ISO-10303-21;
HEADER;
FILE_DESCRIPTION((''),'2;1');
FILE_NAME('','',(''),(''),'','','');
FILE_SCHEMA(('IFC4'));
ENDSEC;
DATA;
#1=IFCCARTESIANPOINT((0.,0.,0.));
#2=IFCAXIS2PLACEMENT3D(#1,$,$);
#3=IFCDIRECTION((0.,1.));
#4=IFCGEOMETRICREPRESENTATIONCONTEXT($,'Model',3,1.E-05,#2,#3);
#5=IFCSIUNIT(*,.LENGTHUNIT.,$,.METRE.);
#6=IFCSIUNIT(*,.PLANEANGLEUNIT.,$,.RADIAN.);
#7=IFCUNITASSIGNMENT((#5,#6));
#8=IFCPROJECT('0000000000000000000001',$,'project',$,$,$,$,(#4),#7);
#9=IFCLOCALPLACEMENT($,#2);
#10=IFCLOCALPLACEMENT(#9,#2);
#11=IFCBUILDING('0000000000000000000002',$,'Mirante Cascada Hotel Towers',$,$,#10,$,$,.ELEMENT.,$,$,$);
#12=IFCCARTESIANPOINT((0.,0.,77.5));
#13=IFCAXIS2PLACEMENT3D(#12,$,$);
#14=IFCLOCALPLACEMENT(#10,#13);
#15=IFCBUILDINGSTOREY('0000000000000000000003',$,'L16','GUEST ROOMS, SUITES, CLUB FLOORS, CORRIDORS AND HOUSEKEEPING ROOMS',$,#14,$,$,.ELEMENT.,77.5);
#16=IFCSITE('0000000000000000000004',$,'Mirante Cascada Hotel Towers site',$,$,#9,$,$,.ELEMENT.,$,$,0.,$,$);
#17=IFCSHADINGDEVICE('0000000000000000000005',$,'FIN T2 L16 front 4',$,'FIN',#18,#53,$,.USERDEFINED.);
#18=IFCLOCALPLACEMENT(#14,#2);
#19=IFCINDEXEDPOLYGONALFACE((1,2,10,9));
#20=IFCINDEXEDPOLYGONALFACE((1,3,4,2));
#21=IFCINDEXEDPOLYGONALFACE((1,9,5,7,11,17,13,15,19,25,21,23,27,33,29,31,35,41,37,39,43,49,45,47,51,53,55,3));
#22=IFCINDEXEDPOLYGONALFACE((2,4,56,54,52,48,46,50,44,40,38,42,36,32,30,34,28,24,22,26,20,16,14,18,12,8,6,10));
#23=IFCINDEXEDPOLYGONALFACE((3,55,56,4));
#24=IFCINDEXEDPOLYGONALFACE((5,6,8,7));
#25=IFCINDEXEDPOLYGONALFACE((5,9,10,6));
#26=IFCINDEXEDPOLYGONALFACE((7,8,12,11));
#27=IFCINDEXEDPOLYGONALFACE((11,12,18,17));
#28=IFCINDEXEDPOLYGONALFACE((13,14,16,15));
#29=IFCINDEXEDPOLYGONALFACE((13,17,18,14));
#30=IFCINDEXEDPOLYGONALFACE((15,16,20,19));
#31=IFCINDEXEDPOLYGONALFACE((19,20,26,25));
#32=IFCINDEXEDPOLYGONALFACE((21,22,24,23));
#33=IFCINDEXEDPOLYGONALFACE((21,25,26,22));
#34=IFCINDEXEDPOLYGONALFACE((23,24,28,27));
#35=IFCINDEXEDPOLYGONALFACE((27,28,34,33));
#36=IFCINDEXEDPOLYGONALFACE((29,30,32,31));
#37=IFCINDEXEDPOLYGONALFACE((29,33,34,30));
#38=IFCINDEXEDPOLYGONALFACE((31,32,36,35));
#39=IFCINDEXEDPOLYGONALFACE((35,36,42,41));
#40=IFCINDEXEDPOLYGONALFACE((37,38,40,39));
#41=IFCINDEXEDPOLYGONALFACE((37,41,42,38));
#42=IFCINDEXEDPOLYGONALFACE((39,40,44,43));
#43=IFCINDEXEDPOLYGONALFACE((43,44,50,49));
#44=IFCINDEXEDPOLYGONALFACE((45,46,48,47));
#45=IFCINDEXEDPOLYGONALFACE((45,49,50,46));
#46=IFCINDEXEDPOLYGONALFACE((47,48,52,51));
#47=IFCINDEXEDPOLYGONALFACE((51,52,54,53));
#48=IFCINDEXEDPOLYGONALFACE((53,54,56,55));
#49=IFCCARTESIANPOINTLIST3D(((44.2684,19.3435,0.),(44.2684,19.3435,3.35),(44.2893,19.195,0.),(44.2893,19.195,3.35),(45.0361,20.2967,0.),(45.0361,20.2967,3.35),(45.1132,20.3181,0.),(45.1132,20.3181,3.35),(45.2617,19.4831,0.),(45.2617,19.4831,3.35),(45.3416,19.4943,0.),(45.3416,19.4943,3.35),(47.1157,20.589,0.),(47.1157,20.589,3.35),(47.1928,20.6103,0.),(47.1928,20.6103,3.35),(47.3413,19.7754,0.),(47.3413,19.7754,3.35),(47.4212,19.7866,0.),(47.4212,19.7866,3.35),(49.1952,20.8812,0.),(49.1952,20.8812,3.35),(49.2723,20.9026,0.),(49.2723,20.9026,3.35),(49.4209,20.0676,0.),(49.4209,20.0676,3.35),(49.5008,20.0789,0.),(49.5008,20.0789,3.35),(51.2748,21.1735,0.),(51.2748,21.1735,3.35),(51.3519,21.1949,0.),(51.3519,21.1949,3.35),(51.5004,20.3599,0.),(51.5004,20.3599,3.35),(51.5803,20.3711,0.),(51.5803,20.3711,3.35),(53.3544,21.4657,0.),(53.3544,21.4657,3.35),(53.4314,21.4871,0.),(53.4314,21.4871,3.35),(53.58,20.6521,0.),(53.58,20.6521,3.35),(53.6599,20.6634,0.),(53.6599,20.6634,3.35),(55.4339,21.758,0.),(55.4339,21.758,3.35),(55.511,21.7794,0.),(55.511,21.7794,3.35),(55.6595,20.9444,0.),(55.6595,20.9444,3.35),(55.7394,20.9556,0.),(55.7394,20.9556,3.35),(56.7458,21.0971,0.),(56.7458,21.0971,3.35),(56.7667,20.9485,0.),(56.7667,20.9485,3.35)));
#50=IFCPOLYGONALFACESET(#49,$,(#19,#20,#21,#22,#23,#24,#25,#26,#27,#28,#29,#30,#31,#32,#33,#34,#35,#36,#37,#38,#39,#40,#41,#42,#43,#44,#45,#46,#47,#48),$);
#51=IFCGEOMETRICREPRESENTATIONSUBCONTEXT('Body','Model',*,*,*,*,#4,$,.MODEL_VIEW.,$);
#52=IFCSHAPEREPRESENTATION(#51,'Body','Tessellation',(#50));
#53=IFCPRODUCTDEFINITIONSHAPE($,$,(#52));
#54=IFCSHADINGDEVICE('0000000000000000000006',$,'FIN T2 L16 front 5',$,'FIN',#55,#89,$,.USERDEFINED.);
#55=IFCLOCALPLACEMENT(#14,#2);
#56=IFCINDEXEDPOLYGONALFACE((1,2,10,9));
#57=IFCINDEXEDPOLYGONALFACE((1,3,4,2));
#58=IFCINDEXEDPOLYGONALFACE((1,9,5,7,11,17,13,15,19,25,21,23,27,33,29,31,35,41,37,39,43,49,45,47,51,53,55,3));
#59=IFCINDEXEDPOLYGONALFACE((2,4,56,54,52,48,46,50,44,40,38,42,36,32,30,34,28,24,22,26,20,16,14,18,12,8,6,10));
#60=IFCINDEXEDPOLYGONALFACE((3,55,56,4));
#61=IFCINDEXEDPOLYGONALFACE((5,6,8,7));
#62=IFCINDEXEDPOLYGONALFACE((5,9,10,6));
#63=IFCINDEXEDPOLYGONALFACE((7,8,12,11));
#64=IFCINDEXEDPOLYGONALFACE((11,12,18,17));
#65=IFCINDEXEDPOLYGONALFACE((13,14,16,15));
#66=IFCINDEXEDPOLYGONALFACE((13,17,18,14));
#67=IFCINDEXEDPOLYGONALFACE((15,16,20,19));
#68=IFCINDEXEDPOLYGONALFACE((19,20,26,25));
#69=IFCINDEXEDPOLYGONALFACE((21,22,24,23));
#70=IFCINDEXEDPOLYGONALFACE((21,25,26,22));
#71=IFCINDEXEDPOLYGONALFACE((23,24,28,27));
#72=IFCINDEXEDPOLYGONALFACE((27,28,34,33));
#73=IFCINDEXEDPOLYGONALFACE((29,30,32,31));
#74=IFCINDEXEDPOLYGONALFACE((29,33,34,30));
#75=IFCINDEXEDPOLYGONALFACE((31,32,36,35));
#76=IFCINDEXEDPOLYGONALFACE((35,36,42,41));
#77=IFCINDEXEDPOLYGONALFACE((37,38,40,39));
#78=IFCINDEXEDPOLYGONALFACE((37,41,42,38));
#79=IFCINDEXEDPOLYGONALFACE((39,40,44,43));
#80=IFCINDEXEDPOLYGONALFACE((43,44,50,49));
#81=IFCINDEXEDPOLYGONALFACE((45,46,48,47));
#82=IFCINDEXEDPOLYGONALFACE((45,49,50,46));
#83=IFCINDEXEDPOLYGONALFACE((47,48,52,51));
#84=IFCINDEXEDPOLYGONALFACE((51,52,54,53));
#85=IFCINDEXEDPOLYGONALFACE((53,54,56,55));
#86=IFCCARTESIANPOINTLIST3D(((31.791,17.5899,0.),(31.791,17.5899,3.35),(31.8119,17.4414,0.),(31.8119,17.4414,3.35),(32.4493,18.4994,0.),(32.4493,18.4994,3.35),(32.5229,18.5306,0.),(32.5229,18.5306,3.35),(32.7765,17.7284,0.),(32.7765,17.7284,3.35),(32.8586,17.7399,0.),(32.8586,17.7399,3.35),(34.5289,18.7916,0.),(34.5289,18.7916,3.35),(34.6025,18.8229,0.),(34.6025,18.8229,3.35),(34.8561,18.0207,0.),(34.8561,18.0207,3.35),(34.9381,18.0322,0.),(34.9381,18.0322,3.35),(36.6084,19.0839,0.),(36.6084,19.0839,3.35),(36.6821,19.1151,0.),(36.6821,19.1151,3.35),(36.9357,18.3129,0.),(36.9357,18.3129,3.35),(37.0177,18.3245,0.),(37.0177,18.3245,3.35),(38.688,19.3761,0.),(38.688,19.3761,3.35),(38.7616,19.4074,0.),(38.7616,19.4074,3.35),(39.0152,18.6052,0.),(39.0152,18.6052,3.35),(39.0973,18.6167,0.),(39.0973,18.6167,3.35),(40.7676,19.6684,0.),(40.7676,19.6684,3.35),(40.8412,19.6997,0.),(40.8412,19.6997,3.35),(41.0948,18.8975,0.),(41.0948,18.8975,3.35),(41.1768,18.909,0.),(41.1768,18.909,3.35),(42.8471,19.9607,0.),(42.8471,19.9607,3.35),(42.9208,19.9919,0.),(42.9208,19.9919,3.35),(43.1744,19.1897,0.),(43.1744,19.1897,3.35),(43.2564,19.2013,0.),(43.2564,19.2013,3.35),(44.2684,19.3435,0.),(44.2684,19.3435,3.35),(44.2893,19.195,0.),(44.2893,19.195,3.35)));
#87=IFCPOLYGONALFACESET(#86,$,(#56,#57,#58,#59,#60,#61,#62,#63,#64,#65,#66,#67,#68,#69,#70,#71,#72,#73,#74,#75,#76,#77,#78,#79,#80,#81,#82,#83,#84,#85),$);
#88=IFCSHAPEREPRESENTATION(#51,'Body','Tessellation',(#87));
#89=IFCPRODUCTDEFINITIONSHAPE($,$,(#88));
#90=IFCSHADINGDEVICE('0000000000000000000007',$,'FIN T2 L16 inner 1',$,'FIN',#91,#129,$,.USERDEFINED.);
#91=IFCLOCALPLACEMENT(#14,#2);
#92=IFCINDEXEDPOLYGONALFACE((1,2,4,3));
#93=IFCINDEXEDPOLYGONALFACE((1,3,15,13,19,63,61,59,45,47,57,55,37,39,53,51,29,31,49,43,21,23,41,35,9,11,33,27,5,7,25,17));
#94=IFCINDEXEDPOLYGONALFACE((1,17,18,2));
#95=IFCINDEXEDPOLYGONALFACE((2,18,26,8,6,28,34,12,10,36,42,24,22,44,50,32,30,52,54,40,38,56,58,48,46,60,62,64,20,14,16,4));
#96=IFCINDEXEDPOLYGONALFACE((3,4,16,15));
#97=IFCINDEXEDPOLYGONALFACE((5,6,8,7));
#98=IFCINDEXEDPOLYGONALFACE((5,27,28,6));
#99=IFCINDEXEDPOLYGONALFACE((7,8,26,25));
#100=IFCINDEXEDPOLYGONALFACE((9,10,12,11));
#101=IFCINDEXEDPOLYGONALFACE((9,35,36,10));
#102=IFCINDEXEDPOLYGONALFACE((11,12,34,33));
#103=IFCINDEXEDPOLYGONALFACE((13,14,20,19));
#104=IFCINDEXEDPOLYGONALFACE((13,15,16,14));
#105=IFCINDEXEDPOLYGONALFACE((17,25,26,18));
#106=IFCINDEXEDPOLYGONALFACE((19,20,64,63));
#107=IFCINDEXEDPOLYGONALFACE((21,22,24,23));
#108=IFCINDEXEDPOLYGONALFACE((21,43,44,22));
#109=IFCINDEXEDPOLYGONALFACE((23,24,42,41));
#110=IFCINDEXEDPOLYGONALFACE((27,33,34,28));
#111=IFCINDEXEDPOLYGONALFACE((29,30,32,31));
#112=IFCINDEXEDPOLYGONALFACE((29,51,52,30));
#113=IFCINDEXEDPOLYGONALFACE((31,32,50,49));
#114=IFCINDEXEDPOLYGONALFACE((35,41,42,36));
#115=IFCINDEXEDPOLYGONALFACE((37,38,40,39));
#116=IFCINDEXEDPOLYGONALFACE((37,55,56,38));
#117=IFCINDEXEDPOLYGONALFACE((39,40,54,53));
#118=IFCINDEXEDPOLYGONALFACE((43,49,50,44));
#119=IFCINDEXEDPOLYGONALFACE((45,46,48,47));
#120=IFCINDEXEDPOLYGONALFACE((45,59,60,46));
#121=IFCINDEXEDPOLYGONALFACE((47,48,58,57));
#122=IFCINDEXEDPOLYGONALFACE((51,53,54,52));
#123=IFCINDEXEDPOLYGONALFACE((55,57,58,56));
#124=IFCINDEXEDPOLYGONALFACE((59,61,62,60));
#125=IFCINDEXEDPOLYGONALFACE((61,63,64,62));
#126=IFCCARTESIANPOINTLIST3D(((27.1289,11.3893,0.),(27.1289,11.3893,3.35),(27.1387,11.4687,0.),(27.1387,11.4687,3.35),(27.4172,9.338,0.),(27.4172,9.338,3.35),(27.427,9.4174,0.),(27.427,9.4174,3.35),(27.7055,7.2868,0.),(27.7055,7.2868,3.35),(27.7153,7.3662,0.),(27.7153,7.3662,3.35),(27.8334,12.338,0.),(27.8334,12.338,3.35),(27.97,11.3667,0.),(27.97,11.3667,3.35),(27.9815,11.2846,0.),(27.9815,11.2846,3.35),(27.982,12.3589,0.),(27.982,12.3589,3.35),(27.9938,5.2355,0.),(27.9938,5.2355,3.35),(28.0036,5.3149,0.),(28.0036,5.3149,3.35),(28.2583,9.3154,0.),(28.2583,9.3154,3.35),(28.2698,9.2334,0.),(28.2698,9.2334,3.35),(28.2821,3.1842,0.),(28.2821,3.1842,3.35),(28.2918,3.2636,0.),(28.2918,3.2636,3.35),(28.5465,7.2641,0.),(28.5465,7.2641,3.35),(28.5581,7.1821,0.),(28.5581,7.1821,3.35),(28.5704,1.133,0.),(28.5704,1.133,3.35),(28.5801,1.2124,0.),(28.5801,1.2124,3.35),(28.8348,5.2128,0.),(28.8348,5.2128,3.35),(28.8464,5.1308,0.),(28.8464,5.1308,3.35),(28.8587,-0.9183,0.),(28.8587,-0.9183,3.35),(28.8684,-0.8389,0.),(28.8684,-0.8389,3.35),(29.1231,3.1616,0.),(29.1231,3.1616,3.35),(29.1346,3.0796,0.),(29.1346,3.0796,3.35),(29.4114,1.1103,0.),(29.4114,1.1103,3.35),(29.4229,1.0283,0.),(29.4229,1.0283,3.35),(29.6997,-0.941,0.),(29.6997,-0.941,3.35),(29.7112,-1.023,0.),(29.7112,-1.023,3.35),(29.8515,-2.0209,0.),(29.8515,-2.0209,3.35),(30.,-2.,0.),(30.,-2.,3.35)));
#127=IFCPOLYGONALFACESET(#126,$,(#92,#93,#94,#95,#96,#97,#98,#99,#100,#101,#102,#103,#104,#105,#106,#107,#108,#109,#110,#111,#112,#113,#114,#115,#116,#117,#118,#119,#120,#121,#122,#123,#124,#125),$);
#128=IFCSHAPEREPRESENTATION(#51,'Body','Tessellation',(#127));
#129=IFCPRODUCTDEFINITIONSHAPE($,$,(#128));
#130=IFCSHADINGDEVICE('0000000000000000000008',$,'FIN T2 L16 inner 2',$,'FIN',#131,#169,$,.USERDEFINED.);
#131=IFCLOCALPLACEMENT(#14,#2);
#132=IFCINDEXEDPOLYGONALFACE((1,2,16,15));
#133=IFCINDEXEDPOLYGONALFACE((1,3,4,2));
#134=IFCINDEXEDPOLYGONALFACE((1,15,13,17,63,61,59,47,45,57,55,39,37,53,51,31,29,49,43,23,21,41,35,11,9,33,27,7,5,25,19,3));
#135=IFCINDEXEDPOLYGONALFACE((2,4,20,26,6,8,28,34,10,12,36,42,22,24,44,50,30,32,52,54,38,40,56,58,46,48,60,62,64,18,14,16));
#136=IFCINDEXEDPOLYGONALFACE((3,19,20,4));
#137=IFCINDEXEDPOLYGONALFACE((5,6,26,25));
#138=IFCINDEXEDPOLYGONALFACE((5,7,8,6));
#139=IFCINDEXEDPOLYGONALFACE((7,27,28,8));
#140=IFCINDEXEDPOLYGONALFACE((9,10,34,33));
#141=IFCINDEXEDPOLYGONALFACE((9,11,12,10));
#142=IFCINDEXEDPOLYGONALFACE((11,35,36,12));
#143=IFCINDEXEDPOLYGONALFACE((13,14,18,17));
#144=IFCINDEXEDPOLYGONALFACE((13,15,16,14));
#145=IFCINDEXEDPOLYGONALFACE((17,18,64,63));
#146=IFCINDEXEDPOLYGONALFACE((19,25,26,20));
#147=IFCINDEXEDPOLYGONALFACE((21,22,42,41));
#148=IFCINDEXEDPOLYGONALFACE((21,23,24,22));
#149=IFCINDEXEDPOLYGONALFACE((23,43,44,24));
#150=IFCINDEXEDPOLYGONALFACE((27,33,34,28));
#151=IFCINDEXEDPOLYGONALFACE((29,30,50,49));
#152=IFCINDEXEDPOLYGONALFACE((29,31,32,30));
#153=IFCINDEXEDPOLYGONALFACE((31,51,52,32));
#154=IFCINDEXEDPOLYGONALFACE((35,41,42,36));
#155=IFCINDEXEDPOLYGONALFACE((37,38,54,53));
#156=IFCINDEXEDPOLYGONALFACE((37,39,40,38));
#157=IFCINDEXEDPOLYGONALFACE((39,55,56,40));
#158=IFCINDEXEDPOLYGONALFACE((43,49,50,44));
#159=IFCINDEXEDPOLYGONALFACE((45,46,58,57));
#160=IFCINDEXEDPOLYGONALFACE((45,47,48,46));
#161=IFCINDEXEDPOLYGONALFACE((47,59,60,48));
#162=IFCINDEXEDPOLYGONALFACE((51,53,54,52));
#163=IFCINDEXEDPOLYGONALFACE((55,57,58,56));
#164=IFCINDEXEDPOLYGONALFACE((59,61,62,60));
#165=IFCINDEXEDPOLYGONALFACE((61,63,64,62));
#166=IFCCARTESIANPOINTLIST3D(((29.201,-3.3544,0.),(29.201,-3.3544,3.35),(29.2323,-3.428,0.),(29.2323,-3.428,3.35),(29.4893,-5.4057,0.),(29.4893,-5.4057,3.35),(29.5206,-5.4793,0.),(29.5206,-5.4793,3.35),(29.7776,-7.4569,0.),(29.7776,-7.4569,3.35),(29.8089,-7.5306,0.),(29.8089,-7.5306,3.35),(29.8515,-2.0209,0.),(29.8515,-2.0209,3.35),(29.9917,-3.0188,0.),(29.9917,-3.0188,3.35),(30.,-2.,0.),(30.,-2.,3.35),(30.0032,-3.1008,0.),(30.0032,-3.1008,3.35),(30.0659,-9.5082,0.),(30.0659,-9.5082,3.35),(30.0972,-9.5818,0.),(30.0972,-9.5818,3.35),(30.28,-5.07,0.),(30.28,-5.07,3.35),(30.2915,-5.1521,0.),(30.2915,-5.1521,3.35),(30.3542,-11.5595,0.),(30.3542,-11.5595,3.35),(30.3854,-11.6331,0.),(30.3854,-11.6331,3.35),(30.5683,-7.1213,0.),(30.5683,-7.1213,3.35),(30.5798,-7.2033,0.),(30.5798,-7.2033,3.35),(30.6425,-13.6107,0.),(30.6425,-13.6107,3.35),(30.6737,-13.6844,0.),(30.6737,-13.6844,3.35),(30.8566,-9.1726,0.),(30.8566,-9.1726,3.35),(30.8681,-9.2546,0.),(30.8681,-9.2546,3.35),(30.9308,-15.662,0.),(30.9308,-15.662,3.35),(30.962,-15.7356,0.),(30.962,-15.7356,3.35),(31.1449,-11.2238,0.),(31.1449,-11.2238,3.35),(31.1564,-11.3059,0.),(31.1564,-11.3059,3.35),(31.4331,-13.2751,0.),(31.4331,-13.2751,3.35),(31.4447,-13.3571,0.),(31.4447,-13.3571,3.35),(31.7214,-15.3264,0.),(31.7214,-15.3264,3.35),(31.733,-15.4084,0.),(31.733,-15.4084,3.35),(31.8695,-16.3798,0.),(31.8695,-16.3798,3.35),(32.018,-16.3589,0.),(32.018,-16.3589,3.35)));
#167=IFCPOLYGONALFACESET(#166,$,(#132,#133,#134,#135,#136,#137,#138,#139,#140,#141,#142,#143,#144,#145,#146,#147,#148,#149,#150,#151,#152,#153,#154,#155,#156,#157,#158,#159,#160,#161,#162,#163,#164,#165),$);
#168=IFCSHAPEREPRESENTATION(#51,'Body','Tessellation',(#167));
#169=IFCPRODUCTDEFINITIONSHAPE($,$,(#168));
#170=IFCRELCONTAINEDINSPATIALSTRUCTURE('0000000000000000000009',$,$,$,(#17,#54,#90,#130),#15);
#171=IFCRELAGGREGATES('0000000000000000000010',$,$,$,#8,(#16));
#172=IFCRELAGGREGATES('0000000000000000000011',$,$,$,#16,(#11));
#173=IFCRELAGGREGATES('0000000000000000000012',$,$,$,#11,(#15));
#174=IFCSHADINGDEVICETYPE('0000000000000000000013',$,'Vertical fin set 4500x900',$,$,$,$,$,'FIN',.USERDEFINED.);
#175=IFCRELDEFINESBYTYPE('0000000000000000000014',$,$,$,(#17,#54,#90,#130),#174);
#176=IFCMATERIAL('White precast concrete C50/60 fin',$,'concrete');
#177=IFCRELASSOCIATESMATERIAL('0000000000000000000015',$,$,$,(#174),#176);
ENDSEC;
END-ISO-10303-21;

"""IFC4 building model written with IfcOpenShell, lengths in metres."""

from ifc_helpers import new_model, si_unit, direction, frame, origin, place, context, subcontext, project, spatial, polyline, outline, extrude, material, type_object, element, save


model = new_model("IFC4")

# Units and contexts
model_context = context("Model", 3, precision=1e-05, world=origin(), true_north=direction((0.0, 1.0)))
body_context = subcontext(model_context, "Body", "Model", "MODEL_VIEW")
ifc_project = project(units=[si_unit("LENGTHUNIT", "METRE"), si_unit("PLANEANGLEUNIT", "RADIAN")], contexts=[model_context])

# Site, building, storey
site_placement = place(None, origin())
site = spatial("IfcSite", under=ifc_project, at=site_placement, Name="Mirante Cascada Hotel Towers site", CompositionType="ELEMENT", RefElevation=0.0)
building_placement = place(site_placement, origin())
building = spatial("IfcBuilding", under=site, at=building_placement, Name="Mirante Cascada Hotel Towers", CompositionType="ELEMENT")
storey_placement = place(building_placement, frame((0.0, 0.0, 77.5)))
storey = spatial("IfcBuildingStorey", under=building, at=storey_placement, Name="L16", Description="GUEST ROOMS, SUITES, CLUB FLOORS, CORRIDORS AND HOUSEKEEPING ROOMS", CompositionType="ELEMENT", Elevation=77.5)

# Shading devices
ifc_material_1 = material(Name="White precast concrete C50/60 fin", Category="concrete")
shading_device_type = type_object("IfcShadingDeviceType", Name="Vertical fin set 4500x900", ElementType="FIN", PredefinedType="USERDEFINED", material=ifc_material_1)
shading_device_1_placement = place(storey_placement, origin())
element("IfcShadingDevice", 1, at=shading_device_1_placement, inside=storey, type_object=shading_device_type, Name="FIN T2 L16 front 4", ObjectType="FIN", PredefinedType="USERDEFINED", context=body_context, shape_type="SweptSolid", body=[
    extrude(outline(polyline([(45.1132, 20.3181), (45.3416, 19.4943), (47.3413, 19.7754), (47.1157, 20.589), (47.1928, 20.6103), (47.4212, 19.7866), (49.4209, 20.0676), (49.1952, 20.8812), (49.2723, 20.9026), (49.5008, 20.0789), (51.5004, 20.3599), (51.2748, 21.1735), (51.3519, 21.1949), (51.5803, 20.3711), (53.58, 20.6521), (53.3544, 21.4657), (53.4314, 21.4871), (53.6599, 20.6634), (55.6595, 20.9444), (55.4339, 21.758), (55.511, 21.7794), (55.7394, 20.9556), (56.7458, 21.0971), (56.7667, 20.9485), (44.2893, 19.195), (44.2684, 19.3435), (45.2617, 19.4831), (45.0361, 20.2967), (45.1132, 20.3181)])), origin(), (0.0, 0.0, 1.0), 3.35),
])
shading_device_2_placement = place(storey_placement, origin())
element("IfcShadingDevice", 2, at=shading_device_2_placement, inside=storey, type_object=shading_device_type, Name="FIN T2 L16 front 5", ObjectType="FIN", PredefinedType="USERDEFINED", context=body_context, shape_type="SweptSolid", body=[
    extrude(outline(polyline([(32.5229, 18.5306), (32.8586, 17.7399), (34.8561, 18.0207), (34.5289, 18.7916), (34.6025, 18.8229), (34.9381, 18.0322), (36.9357, 18.3129), (36.6084, 19.0839), (36.6821, 19.1151), (37.0177, 18.3245), (39.0152, 18.6052), (38.688, 19.3761), (38.7616, 19.4074), (39.0973, 18.6167), (41.0948, 18.8975), (40.7676, 19.6684), (40.8412, 19.6997), (41.1768, 18.909), (43.1744, 19.1897), (42.8471, 19.9607), (42.9208, 19.9919), (43.2564, 19.2013), (44.2684, 19.3435), (44.2893, 19.195), (31.8119, 17.4414), (31.791, 17.5899), (32.7765, 17.7284), (32.4493, 18.4994), (32.5229, 18.5306)])), origin(), (0.0, 0.0, 1.0), 3.35),
])
shading_device_3_placement = place(storey_placement, origin())
element("IfcShadingDevice", 3, at=shading_device_3_placement, inside=storey, type_object=shading_device_type, Name="FIN T2 L16 inner 1", ObjectType="FIN", PredefinedType="USERDEFINED", context=body_context, shape_type="SweptSolid", body=[
    extrude(outline(polyline([(28.8684, -0.8389), (29.6997, -0.941), (29.4229, 1.0283), (28.5704, 1.133), (28.5801, 1.2124), (29.4114, 1.1103), (29.1346, 3.0796), (28.2821, 3.1842), (28.2918, 3.2636), (29.1231, 3.1616), (28.8464, 5.1308), (27.9938, 5.2355), (28.0036, 5.3149), (28.8348, 5.2128), (28.5581, 7.1821), (27.7055, 7.2868), (27.7153, 7.3662), (28.5465, 7.2641), (28.2698, 9.2334), (27.4172, 9.338), (27.427, 9.4174), (28.2583, 9.3154), (27.9815, 11.2846), (27.1289, 11.3893), (27.1387, 11.4687), (27.97, 11.3667), (27.8334, 12.338), (27.982, 12.3589), (30.0, -2.0), (29.8515, -2.0209), (29.7112, -1.023), (28.8587, -0.9183), (28.8684, -0.8389)])), origin(), (0.0, 0.0, 1.0), 3.35),
])
shading_device_4_placement = place(storey_placement, origin())
element("IfcShadingDevice", 4, at=shading_device_4_placement, inside=storey, type_object=shading_device_type, Name="FIN T2 L16 inner 2", ObjectType="FIN", PredefinedType="USERDEFINED", context=body_context, shape_type="SweptSolid", body=[
    extrude(outline(polyline([(30.9308, -15.662), (31.7214, -15.3264), (31.4447, -13.3571), (30.6737, -13.6844), (30.6425, -13.6107), (31.4331, -13.2751), (31.1564, -11.3059), (30.3854, -11.6331), (30.3542, -11.5595), (31.1449, -11.2238), (30.8681, -9.2546), (30.0972, -9.5818), (30.0659, -9.5082), (30.8566, -9.1726), (30.5798, -7.2033), (29.8089, -7.5306), (29.7776, -7.4569), (30.5683, -7.1213), (30.2915, -5.1521), (29.5206, -5.4793), (29.4893, -5.4057), (30.28, -5.07), (30.0032, -3.1008), (29.2323, -3.428), (29.201, -3.3544), (29.9917, -3.0188), (29.8515, -2.0209), (30.0, -2.0), (32.018, -16.3589), (31.8695, -16.3798), (31.733, -15.4084), (30.962, -15.7356), (30.9308, -15.662)])), origin(), (0.0, 0.0, 1.0), 3.35),
])

save(model, "model.ifc")
